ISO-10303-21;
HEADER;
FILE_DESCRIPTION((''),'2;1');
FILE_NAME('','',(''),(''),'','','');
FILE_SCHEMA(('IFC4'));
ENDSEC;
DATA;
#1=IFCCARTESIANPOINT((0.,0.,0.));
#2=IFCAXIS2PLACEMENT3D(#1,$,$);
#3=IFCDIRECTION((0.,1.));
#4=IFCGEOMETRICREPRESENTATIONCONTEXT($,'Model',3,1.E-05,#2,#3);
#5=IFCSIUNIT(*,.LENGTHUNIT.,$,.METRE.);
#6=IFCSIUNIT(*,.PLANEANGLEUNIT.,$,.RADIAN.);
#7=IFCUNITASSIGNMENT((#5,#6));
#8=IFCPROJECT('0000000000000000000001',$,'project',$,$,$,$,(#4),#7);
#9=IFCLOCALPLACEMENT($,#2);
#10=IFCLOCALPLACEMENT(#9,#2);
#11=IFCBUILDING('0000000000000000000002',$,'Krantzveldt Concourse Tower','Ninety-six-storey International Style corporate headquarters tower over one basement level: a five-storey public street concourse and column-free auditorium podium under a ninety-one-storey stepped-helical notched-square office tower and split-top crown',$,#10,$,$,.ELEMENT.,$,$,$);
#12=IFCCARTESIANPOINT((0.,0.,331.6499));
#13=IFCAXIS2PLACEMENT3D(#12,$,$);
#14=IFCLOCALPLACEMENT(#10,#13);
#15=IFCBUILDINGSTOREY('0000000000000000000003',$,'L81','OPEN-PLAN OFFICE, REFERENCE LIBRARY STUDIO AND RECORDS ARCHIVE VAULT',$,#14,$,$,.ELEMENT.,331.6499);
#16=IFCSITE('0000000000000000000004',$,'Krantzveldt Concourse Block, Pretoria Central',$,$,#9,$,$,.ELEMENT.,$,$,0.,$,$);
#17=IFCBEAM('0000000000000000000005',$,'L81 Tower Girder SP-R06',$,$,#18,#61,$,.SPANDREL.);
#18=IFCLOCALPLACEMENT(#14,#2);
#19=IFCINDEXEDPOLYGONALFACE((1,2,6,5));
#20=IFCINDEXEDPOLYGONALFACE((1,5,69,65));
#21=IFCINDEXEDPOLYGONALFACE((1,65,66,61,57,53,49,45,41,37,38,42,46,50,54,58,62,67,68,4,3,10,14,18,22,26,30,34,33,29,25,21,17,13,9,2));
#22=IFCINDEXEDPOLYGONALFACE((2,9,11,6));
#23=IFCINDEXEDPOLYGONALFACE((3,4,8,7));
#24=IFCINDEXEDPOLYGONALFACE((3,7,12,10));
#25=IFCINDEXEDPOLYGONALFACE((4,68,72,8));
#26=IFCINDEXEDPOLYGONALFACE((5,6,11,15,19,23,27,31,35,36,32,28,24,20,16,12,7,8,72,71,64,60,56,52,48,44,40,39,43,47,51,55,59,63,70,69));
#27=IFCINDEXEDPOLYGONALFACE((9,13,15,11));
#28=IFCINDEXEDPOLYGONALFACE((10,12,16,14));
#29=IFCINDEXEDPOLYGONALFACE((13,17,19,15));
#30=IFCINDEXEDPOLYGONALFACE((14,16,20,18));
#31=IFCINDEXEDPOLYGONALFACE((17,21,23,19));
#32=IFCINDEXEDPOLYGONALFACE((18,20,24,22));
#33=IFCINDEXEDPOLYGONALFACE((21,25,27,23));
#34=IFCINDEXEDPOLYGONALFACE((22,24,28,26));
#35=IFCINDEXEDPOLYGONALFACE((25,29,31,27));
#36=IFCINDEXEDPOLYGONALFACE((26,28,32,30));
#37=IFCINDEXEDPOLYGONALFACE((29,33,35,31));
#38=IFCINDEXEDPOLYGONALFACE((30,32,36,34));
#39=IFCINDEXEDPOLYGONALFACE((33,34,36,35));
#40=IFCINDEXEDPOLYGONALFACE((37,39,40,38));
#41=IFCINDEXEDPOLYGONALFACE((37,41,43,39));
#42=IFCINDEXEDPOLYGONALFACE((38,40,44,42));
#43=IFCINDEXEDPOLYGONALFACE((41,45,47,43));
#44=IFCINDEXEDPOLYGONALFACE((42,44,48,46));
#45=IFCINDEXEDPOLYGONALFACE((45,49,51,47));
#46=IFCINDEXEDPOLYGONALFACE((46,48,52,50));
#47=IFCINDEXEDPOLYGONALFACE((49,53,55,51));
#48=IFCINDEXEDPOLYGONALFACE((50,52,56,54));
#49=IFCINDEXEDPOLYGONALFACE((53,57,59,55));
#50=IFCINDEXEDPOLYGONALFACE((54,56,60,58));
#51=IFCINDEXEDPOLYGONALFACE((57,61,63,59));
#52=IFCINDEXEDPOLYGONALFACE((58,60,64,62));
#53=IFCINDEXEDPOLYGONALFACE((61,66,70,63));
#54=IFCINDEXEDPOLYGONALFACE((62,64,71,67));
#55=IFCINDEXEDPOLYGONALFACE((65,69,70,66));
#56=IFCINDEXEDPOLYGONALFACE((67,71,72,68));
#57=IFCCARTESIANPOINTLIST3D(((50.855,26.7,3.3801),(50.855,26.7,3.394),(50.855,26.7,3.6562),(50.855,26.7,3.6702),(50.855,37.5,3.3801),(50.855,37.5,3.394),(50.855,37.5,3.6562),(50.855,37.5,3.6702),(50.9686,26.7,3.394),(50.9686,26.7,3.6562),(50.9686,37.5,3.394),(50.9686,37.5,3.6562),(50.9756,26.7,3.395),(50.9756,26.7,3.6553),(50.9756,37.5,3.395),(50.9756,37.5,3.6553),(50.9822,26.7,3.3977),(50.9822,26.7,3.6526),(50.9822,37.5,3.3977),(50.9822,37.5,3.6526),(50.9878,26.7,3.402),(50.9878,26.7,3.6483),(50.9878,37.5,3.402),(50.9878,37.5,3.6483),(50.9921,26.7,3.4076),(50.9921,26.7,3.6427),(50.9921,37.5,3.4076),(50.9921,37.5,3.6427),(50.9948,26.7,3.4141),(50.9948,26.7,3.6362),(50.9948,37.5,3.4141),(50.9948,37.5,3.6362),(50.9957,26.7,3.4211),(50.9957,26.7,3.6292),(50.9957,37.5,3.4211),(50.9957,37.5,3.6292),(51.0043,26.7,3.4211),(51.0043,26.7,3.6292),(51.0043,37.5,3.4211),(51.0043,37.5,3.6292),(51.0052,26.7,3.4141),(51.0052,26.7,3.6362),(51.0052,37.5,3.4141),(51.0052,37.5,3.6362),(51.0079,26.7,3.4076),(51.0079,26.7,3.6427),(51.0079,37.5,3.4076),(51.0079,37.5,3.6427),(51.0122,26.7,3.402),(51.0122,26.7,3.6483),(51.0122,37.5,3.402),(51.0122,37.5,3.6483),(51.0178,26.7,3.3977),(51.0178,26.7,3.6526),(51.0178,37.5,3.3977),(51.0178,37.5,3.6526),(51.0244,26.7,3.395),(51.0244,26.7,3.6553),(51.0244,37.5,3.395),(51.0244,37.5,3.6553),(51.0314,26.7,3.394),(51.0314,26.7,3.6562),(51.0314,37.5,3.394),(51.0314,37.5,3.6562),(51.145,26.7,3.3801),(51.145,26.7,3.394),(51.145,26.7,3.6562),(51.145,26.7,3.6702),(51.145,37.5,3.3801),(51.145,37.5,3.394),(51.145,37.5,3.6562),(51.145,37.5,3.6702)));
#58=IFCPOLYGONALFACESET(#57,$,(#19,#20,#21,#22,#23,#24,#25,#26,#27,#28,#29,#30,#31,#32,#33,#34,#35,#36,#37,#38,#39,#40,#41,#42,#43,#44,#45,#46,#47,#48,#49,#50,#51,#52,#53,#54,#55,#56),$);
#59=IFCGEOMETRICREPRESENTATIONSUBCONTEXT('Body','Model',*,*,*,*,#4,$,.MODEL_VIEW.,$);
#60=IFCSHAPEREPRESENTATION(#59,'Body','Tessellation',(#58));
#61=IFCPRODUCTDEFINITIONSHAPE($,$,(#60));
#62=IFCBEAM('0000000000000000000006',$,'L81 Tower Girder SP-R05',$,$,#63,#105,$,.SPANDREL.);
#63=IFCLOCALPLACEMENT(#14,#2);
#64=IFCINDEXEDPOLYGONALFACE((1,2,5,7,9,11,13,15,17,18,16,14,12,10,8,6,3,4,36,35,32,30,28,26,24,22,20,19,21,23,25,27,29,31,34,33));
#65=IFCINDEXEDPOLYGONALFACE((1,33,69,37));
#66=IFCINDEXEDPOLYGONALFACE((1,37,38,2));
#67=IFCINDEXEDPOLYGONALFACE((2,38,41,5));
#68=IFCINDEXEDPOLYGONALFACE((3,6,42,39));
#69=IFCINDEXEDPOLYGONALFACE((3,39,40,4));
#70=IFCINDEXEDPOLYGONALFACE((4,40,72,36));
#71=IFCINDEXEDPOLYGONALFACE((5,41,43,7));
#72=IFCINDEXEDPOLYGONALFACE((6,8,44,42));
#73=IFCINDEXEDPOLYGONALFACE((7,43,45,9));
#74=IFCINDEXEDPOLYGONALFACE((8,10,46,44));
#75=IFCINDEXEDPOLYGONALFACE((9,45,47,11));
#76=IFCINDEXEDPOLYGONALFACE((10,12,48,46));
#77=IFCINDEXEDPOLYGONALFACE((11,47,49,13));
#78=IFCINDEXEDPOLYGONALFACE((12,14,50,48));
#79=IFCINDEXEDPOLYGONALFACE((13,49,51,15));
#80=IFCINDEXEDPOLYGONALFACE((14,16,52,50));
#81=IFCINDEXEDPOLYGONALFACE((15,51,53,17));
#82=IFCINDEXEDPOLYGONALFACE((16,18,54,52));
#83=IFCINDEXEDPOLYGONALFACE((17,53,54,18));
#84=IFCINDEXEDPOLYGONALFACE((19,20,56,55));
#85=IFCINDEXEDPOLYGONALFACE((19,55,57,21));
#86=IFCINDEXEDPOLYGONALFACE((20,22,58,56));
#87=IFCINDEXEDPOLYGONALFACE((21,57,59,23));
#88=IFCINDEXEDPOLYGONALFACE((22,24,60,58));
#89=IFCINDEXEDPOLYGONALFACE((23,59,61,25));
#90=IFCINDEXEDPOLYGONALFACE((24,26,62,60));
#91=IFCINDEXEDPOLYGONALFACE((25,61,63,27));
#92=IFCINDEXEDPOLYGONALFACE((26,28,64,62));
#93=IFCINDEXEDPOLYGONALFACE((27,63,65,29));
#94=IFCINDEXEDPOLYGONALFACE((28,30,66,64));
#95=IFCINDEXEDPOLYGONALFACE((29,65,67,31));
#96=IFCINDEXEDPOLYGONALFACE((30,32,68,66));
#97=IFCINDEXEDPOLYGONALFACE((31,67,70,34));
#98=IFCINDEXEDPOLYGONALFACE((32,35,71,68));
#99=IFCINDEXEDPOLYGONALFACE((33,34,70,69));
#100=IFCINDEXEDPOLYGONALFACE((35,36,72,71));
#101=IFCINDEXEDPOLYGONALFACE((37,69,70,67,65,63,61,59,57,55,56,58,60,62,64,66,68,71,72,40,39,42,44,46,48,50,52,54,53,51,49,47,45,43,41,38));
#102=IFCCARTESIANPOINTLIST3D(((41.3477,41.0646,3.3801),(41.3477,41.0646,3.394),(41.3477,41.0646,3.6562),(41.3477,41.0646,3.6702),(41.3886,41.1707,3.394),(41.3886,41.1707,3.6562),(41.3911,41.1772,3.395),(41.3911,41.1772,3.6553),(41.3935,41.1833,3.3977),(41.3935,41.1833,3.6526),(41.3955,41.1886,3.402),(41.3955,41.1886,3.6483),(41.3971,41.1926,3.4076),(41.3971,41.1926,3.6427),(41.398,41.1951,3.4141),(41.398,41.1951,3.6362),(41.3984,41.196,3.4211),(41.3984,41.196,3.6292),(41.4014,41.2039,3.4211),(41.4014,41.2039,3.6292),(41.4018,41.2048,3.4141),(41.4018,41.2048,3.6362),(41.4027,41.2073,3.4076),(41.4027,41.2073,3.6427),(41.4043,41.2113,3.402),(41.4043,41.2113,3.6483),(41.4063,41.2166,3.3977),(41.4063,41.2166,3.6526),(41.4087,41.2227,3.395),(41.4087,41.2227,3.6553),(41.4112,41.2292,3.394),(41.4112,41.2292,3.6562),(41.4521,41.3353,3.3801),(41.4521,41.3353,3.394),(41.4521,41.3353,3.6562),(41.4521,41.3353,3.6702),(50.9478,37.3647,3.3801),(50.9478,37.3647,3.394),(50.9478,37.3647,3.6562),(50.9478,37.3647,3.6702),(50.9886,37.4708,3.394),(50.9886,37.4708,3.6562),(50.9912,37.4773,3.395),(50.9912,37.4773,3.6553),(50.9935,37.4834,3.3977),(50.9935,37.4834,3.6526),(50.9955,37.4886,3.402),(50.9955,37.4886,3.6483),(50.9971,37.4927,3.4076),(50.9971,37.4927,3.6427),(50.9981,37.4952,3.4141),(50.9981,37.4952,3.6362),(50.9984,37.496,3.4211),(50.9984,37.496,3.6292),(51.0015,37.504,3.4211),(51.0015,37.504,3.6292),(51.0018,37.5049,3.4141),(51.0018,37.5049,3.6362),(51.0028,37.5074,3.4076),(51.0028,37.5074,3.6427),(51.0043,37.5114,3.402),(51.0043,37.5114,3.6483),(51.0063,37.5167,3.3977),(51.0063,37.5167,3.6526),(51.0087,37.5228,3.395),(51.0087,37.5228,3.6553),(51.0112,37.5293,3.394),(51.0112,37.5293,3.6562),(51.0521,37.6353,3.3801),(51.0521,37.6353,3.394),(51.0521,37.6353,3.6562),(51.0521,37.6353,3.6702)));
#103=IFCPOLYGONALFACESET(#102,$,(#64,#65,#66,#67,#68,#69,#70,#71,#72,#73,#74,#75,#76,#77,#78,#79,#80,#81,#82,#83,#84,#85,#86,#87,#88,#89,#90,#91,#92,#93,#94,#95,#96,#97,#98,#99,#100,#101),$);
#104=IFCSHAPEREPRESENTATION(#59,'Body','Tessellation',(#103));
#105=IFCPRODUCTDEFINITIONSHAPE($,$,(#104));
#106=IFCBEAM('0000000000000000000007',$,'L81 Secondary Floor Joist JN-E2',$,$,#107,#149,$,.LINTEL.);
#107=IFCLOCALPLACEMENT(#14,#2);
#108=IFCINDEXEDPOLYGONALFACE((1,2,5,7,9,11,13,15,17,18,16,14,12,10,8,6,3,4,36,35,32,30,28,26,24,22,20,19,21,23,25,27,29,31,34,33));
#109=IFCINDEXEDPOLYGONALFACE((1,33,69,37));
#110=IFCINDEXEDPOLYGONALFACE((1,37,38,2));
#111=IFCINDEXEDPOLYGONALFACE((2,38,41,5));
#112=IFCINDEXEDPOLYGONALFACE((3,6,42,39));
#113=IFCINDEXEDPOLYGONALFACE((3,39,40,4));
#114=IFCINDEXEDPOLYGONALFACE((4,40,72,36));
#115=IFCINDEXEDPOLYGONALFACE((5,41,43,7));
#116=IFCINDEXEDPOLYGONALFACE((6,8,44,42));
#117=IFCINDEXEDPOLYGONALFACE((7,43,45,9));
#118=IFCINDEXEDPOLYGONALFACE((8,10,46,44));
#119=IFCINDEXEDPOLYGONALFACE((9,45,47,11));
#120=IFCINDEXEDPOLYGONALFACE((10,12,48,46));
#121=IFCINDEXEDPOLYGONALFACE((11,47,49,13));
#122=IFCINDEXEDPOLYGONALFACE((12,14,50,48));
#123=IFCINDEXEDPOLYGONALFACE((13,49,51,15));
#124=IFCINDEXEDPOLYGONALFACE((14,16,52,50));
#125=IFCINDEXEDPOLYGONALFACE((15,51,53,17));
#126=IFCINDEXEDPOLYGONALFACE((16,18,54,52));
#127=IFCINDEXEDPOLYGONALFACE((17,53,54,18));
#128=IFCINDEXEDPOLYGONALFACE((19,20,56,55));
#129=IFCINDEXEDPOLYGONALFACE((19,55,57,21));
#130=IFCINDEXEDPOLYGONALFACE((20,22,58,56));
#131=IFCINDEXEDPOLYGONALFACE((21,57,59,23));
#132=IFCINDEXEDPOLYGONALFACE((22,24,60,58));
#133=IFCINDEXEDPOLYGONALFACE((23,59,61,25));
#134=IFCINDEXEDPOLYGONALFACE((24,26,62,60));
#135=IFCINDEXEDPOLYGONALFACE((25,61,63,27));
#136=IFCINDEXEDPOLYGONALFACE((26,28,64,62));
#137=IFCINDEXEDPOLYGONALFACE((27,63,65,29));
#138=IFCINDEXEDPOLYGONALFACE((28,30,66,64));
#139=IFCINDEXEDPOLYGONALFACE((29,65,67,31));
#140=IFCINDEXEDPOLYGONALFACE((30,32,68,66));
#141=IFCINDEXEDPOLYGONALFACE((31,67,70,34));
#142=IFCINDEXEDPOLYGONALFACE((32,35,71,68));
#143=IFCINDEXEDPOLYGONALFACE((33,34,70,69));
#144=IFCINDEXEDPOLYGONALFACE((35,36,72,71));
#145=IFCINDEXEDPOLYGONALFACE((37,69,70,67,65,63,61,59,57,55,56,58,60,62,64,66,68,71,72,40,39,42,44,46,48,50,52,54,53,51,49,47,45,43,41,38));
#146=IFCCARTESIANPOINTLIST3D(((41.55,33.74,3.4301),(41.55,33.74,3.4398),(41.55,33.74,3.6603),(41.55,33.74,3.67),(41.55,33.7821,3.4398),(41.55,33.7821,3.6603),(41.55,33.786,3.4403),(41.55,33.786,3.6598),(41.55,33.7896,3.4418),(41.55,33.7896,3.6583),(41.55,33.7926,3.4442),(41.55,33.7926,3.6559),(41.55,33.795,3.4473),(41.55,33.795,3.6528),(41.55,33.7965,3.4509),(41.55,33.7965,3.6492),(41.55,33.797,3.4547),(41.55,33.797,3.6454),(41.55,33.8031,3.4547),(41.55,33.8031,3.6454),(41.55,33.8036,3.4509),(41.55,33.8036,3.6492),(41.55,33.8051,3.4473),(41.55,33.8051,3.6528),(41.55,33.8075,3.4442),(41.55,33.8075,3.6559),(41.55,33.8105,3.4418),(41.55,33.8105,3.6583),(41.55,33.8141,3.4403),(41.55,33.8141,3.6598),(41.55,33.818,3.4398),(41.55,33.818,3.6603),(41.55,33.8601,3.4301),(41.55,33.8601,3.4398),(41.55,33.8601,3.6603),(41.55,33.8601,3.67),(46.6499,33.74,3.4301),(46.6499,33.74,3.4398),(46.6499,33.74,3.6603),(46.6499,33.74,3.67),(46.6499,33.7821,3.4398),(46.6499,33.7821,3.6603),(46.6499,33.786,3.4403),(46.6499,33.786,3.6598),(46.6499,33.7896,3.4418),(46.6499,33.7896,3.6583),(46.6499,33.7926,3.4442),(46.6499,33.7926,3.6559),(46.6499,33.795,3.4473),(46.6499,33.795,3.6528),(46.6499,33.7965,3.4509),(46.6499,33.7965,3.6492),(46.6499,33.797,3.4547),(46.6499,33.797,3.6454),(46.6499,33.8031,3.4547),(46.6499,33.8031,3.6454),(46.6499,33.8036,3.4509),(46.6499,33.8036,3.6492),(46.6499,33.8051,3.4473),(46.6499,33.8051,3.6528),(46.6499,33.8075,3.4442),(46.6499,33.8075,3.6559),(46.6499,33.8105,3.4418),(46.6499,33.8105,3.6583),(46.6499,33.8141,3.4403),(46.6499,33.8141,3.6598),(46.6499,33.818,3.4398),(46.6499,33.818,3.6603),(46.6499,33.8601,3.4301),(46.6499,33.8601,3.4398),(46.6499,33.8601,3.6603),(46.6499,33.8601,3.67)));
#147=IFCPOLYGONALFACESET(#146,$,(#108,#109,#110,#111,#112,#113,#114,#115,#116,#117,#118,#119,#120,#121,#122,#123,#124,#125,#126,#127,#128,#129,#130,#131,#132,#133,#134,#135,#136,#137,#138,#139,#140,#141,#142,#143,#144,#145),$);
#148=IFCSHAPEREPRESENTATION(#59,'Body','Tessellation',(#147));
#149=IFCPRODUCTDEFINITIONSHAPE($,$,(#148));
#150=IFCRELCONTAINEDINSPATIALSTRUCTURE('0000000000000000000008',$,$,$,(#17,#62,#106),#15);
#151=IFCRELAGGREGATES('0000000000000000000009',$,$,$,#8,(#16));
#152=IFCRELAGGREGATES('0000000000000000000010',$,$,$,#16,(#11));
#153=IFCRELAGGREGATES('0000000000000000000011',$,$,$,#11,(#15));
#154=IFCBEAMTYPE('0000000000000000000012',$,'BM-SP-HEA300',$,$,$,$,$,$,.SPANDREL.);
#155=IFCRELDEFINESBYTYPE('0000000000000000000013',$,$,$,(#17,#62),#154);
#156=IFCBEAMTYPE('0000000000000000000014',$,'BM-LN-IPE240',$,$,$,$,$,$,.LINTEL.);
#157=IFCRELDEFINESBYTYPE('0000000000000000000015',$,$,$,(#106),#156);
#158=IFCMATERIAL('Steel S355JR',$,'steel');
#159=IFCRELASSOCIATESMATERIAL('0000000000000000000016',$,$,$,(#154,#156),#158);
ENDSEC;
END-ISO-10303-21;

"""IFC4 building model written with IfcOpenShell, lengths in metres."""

from ifc_helpers import new_model, si_unit, direction, frame, origin, origin_2d, place, context, subcontext, project, spatial, i_section, extrude, source, transform, mapped, material, material_profile, profile_set, type_object, type_shapes, element, save


model = new_model("IFC4")

# Units and contexts
model_context = context("Model", 3, precision=1e-05, world=origin(), true_north=direction((0.0, 1.0)))
body_context = subcontext(model_context, "Body", "Model", "MODEL_VIEW")
ifc_project = project(units=[si_unit("LENGTHUNIT", "METRE"), si_unit("PLANEANGLEUNIT", "RADIAN")], contexts=[model_context])

# Site, building, storey
site_placement = place(None, origin())
site = spatial("IfcSite", under=ifc_project, at=site_placement, Name="Krantzveldt Concourse Block, Pretoria Central", CompositionType="ELEMENT", RefElevation=0.0)
building_placement = place(site_placement, origin())
building = spatial("IfcBuilding", under=site, at=building_placement, Name="Krantzveldt Concourse Tower", Description="Ninety-six-storey International Style corporate headquarters tower over one basement level: a five-storey public street concourse and column-free auditorium podium under a ninety-one-storey stepped-helical notched-square office tower and split-top crown", CompositionType="ELEMENT")
storey_placement = place(building_placement, frame((0.0, 0.0, 331.6499)))
storey = spatial("IfcBuildingStorey", under=building, at=storey_placement, Name="L81", Description="OPEN-PLAN OFFICE, REFERENCE LIBRARY STUDIO AND RECORDS ARCHIVE VAULT", CompositionType="ELEMENT", Elevation=331.6499)

# Beams
ifc_material_1 = material(Name="Steel S355JR", Category="steel")
ifc_material_profile_1 = material_profile(ifc_material_1, i_section(OverallWidth=0.29, OverallDepth=0.29, WebThickness=0.0085, FlangeThickness=0.0139, FilletRadius=0.0271, at=origin_2d()), Name="Steel S355JR", Category="steel")
ifc_profile_set_1 = profile_set([ifc_material_profile_1], Name="Steel S355JR - HEA 300")
beam_type_1 = type_object("IfcBeamType", Name="BM-SP-HEA300", PredefinedType="SPANDREL", material=ifc_profile_set_1)
shared_shape_1 = source(origin(), body_context, "Body", "SweptSolid", [
    extrude(i_section(OverallWidth=0.29, OverallDepth=0.29, WebThickness=0.0085, FlangeThickness=0.0139, FilletRadius=0.0271, at=origin_2d()), origin(), (0.0, 0.0, 1.0), 10.8),
])
beam_1_placement = place(storey_placement, frame((51.0, 37.5, 3.5251), z_axis=(0.0, -1.0, 0.0), x_axis=(1.0, 0.0, 0.0)))
element("IfcBeam", 1, at=beam_1_placement, inside=storey, type_object=beam_type_1, Name="L81 Tower Girder SP-R06", PredefinedType="SPANDREL", context=body_context, shape_type="MappedRepresentation", body=[
    mapped(shared_shape_1, transform((0.0, 0.0, 0.0), x_axis=(1.0, 0.0, 0.0), y_axis=(0.0, 1.0, 0.0), z_axis=(0.0, 0.0, 1.0), scale=1.0)),
])
shared_shape_2 = source(origin(), body_context, "Body", "SweptSolid", [
    extrude(i_section(OverallWidth=0.29, OverallDepth=0.29, WebThickness=0.0085, FlangeThickness=0.0139, FilletRadius=0.0271, at=origin_2d()), origin(), (0.0, 0.0, 1.0), 10.2883),
])
type_shapes(beam_type_1, [shared_shape_1, shared_shape_2])
beam_2_placement = place(storey_placement, frame((41.3999, 41.2, 3.5251), z_axis=(0.933098, -0.359623, 0.0), x_axis=(0.359623, 0.933098, 0.0)))
element("IfcBeam", 2, at=beam_2_placement, inside=storey, type_object=beam_type_1, Name="L81 Tower Girder SP-R05", PredefinedType="SPANDREL", context=body_context, shape_type="MappedRepresentation", body=[
    mapped(shared_shape_2, transform((0.0, 0.0, 0.0), x_axis=(1.0, 0.0, 0.0), y_axis=(0.0, 1.0, 0.0), z_axis=(0.0, 0.0, 1.0), scale=1.0)),
])
ifc_material_profile_2 = material_profile(ifc_material_1, i_section(OverallWidth=0.1201, OverallDepth=0.24, WebThickness=0.0061, FlangeThickness=0.0098, FilletRadius=0.0149, at=origin_2d()), Name="Steel S355JR", Category="steel")
ifc_profile_set_2 = profile_set([ifc_material_profile_2], Name="Steel S355JR - IPE 240")
beam_type_2 = type_object("IfcBeamType", Name="BM-LN-IPE240", PredefinedType="LINTEL", material=ifc_profile_set_2)
shared_shape_3 = source(origin(), body_context, "Body", "SweptSolid", [
    extrude(i_section(OverallWidth=0.1201, OverallDepth=0.24, WebThickness=0.0061, FlangeThickness=0.0098, FilletRadius=0.0149, at=origin_2d()), origin(), (0.0, 0.0, 1.0), 5.0999),
])
type_shapes(beam_type_2, [shared_shape_3])
beam_3_placement = place(storey_placement, frame((41.55, 33.8, 3.55), z_axis=(1.0, 0.0, 0.0), x_axis=(0.0, 1.0, 0.0)))
element("IfcBeam", 3, at=beam_3_placement, inside=storey, type_object=beam_type_2, Name="L81 Secondary Floor Joist JN-E2", PredefinedType="LINTEL", context=body_context, shape_type="MappedRepresentation", body=[
    mapped(shared_shape_3, transform((0.0, 0.0, 0.0), x_axis=(1.0, 0.0, 0.0), y_axis=(0.0, 1.0, 0.0), z_axis=(0.0, 0.0, 1.0), scale=1.0)),
])

save(model, "model.ifc")
